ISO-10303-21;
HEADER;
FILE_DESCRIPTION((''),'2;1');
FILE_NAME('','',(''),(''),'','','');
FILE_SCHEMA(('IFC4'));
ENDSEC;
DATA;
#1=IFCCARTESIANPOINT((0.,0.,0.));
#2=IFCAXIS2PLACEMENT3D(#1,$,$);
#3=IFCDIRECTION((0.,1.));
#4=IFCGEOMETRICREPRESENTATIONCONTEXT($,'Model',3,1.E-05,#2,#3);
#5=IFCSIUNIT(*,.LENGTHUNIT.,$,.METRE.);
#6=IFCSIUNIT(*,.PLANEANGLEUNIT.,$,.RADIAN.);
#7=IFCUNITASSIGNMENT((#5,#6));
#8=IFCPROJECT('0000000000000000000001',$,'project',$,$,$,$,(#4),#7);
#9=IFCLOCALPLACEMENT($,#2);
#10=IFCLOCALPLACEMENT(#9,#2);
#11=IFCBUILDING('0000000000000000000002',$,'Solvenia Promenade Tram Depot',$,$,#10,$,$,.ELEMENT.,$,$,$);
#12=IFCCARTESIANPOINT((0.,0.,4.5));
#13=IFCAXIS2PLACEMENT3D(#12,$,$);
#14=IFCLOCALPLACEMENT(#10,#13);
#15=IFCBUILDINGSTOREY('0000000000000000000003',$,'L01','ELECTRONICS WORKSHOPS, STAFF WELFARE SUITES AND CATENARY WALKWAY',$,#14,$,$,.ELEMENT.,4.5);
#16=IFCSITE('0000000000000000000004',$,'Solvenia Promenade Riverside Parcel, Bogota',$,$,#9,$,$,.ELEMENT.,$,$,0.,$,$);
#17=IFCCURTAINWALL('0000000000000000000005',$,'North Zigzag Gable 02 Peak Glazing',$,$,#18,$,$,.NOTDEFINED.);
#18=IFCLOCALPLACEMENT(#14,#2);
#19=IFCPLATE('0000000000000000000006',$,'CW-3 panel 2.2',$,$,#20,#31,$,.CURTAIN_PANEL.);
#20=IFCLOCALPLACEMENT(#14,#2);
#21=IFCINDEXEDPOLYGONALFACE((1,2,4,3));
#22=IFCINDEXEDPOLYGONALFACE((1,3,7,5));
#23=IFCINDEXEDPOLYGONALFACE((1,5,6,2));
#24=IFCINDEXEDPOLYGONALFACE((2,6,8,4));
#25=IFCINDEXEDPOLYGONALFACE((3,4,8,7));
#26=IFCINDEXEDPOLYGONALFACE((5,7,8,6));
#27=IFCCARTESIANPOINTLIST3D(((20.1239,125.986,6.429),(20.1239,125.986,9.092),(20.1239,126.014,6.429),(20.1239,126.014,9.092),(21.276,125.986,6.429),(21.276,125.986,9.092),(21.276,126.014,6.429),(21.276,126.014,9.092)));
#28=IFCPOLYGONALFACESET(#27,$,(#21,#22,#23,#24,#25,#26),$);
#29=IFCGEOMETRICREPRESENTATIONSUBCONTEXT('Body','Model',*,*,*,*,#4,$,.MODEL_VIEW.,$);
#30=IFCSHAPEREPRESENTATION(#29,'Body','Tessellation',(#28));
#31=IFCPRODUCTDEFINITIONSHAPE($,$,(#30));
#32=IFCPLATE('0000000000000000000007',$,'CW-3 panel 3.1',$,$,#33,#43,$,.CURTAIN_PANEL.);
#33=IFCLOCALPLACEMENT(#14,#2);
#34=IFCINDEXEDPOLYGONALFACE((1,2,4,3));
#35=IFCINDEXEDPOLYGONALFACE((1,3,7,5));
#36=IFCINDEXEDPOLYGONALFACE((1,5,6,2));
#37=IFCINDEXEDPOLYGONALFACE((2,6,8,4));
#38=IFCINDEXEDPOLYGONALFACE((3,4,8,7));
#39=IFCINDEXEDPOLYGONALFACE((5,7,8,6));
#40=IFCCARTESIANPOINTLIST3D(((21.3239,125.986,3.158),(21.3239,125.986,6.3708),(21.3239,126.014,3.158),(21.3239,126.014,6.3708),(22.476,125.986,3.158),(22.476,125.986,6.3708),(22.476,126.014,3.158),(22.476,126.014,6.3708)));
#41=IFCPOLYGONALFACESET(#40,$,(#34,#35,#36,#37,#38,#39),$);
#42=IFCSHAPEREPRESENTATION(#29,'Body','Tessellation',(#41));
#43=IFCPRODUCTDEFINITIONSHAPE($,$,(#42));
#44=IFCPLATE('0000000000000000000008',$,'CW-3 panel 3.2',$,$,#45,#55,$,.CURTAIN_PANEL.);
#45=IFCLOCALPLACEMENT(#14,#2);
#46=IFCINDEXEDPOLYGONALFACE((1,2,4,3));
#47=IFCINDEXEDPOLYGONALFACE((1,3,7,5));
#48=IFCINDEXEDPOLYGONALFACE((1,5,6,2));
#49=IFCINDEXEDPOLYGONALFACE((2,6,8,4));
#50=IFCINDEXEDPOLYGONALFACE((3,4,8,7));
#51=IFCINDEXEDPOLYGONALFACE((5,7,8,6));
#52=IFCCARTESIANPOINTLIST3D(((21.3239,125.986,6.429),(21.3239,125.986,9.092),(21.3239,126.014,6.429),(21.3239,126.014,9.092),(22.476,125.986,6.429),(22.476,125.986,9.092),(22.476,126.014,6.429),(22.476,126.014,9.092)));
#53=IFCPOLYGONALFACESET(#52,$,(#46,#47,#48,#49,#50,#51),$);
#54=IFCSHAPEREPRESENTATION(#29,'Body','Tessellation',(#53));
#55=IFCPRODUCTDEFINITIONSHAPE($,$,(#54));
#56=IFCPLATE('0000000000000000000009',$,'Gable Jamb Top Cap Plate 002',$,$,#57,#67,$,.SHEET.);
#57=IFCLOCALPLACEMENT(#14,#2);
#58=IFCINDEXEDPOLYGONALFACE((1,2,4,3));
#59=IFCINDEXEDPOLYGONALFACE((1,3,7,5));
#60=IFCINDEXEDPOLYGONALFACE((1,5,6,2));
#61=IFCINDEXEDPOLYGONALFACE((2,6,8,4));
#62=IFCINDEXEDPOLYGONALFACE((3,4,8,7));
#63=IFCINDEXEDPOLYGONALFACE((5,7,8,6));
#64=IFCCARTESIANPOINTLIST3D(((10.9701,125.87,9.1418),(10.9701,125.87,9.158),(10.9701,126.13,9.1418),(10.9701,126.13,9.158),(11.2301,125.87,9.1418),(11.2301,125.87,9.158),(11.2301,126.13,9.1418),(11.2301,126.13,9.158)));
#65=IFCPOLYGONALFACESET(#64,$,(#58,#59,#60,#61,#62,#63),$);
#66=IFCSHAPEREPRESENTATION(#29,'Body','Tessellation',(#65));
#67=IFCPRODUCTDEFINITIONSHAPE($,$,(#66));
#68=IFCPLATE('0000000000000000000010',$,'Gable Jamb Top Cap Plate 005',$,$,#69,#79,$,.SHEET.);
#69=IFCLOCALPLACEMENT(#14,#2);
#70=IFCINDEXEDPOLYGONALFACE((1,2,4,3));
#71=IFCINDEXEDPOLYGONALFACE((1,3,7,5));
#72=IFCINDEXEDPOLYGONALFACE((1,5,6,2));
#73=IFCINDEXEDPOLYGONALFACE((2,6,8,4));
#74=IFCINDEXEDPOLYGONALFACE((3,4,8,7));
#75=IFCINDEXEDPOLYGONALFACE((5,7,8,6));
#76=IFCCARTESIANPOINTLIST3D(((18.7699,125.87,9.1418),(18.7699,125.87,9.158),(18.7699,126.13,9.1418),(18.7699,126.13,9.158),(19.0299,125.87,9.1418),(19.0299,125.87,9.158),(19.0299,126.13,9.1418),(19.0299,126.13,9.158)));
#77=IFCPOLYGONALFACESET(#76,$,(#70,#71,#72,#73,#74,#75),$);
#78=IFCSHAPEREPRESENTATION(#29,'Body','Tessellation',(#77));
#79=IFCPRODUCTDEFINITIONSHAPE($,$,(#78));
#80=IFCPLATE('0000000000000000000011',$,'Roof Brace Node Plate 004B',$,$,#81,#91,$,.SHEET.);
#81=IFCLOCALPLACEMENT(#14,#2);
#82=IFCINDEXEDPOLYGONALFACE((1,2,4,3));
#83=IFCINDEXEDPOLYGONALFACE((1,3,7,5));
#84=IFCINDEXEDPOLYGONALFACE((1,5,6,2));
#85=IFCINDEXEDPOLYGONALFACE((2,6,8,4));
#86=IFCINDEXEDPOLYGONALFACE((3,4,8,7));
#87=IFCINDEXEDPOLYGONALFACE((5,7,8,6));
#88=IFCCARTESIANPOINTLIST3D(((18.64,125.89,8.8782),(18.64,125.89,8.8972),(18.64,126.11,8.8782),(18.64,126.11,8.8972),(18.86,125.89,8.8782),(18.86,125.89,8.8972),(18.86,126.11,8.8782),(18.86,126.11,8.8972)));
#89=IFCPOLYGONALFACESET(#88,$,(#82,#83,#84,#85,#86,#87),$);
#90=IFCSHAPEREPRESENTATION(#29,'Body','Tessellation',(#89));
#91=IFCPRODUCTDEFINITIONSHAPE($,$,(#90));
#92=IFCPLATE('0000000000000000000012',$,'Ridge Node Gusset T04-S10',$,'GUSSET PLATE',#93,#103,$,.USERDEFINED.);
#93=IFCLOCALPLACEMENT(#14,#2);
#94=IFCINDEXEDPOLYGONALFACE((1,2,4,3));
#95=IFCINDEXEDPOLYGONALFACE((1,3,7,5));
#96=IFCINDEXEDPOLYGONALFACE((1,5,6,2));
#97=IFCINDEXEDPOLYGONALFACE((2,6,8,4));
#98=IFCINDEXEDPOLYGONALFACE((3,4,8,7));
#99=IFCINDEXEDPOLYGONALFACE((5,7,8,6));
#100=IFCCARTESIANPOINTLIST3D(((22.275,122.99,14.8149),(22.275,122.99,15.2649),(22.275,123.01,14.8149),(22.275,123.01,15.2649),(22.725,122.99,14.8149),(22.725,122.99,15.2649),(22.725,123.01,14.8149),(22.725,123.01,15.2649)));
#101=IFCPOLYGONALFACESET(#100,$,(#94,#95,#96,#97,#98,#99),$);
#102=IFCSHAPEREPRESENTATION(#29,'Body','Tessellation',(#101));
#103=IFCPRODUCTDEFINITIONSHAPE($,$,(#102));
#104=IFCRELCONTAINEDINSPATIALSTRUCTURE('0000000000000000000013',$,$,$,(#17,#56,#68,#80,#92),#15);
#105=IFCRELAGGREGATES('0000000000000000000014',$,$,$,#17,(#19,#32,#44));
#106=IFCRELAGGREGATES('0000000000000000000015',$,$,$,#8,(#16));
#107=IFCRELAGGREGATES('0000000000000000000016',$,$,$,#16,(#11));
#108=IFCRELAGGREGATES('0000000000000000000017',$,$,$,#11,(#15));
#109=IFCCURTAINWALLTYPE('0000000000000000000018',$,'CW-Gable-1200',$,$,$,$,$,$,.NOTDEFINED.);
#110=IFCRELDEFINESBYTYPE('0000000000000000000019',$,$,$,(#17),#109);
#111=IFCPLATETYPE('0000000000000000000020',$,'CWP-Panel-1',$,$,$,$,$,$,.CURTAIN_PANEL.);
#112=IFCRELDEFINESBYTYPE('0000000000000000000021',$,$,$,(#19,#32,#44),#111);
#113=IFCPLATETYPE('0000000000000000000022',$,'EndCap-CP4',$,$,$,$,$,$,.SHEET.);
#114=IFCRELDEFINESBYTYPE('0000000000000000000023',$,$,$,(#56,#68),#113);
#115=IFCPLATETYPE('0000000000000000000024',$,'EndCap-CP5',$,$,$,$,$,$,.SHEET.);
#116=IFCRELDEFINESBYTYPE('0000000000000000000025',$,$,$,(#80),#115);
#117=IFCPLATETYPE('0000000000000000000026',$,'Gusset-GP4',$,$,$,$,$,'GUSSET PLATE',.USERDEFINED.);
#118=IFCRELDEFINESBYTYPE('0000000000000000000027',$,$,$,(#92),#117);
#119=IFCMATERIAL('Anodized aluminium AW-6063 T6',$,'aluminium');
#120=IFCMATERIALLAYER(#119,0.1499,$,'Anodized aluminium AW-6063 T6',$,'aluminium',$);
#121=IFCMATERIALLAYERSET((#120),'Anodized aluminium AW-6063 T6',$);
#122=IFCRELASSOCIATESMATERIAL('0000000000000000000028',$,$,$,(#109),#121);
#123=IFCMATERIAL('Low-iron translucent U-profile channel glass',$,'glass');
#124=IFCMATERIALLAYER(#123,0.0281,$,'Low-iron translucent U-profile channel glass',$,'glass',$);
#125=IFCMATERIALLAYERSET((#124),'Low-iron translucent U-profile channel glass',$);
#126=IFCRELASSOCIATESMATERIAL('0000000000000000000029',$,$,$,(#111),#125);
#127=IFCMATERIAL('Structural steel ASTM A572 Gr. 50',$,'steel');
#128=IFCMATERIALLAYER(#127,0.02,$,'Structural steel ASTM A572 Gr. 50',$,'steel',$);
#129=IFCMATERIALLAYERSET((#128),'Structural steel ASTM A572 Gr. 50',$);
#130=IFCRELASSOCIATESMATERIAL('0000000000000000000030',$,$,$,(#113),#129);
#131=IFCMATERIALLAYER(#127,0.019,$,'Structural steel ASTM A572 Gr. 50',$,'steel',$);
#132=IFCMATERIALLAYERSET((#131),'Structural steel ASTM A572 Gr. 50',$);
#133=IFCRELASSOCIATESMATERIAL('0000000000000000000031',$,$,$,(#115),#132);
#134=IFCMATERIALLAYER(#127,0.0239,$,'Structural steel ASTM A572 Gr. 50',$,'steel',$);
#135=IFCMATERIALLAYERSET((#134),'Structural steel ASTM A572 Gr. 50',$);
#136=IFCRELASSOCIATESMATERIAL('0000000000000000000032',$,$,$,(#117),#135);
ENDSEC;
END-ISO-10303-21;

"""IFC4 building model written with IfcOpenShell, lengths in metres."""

from ifc_helpers import new_model, si_unit, direction, frame, origin, origin_2d, place, context, subcontext, project, spatial, rectangle, extrude, material, layer, layer_set, type_object, element, aggregate, save


model = new_model("IFC4")

# Units and contexts
model_context = context("Model", 3, precision=1e-05, world=origin(), true_north=direction((0.0, 1.0)))
body_context = subcontext(model_context, "Body", "Model", "MODEL_VIEW")
ifc_project = project(units=[si_unit("LENGTHUNIT", "METRE"), si_unit("PLANEANGLEUNIT", "RADIAN")], contexts=[model_context])

# Site, building, storey
site_placement = place(None, origin())
site = spatial("IfcSite", under=ifc_project, at=site_placement, Name="Solvenia Promenade Riverside Parcel, Bogota", CompositionType="ELEMENT", RefElevation=0.0)
building_placement = place(site_placement, origin())
building = spatial("IfcBuilding", under=site, at=building_placement, Name="Solvenia Promenade Tram Depot", CompositionType="ELEMENT")
storey_placement = place(building_placement, frame((0.0, 0.0, 4.5)))
storey = spatial("IfcBuildingStorey", under=building, at=storey_placement, Name="L01", Description="ELECTRONICS WORKSHOPS, STAFF WELFARE SUITES AND CATENARY WALKWAY", CompositionType="ELEMENT", Elevation=4.5)

# Curtain wall
ifc_material_1 = material(Name="Anodized aluminium AW-6063 T6", Category="aluminium")
ifc_layer_1 = layer(ifc_material_1, 0.1499, Name="Anodized aluminium AW-6063 T6", Category="aluminium")
ifc_layer_set_1 = layer_set([ifc_layer_1], Name="Anodized aluminium AW-6063 T6")
curtain_wall_type = type_object("IfcCurtainWallType", Name="CW-Gable-1200", PredefinedType="NOTDEFINED", material=ifc_layer_set_1)
curtain_wall_1_placement = place(storey_placement, origin())
curtain_wall_1 = element("IfcCurtainWall", 1, at=curtain_wall_1_placement, inside=storey, type_object=curtain_wall_type, Name="North Zigzag Gable 02 Peak Glazing", PredefinedType="NOTDEFINED")

# Plates
ifc_material_2 = material(Name="Low-iron translucent U-profile channel glass", Category="glass")
ifc_layer_2 = layer(ifc_material_2, 0.0281, Name="Low-iron translucent U-profile channel glass", Category="glass")
ifc_layer_set_2 = layer_set([ifc_layer_2], Name="Low-iron translucent U-profile channel glass")
plate_type_1 = type_object("IfcPlateType", Name="CWP-Panel-1", PredefinedType="CURTAIN_PANEL", material=ifc_layer_set_2)
plate_1_placement = place(storey_placement, frame((20.7, 126.0, 6.429), z_axis=(0.0, 0.0, 1.0), x_axis=(1.0, 0.0, 0.0)))
plate_1 = element("IfcPlate", 2, at=plate_1_placement, type_object=plate_type_1, Name="CW-3 panel 2.2", PredefinedType="CURTAIN_PANEL", context=body_context, shape_type="SweptSolid", body=[
    extrude(rectangle(XDim=1.1521, YDim=0.0281, at=origin_2d()), origin(), (0.0, 0.0, 1.0), 2.6631),
])
plate_2_placement = place(storey_placement, frame((21.8999, 126.0, 3.158), z_axis=(0.0, 0.0, 1.0), x_axis=(1.0, 0.0, 0.0)))
plate_2 = element("IfcPlate", 3, at=plate_2_placement, type_object=plate_type_1, Name="CW-3 panel 3.1", PredefinedType="CURTAIN_PANEL", context=body_context, shape_type="SweptSolid", body=[
    extrude(rectangle(XDim=1.1521, YDim=0.0281, at=origin_2d()), origin(), (0.0, 0.0, 1.0), 3.2129),
])
plate_3_placement = place(storey_placement, frame((21.8999, 126.0, 6.429), z_axis=(0.0, 0.0, 1.0), x_axis=(1.0, 0.0, 0.0)))
plate_3 = element("IfcPlate", 4, at=plate_3_placement, type_object=plate_type_1, Name="CW-3 panel 3.2", PredefinedType="CURTAIN_PANEL", context=body_context, shape_type="SweptSolid", body=[
    extrude(rectangle(XDim=1.1521, YDim=0.0281, at=origin_2d()), origin(), (0.0, 0.0, 1.0), 2.6631),
])
aggregate(curtain_wall_1, [plate_1, plate_2, plate_3])

# Plates
ifc_material_3 = material(Name="Structural steel ASTM A572 Gr. 50", Category="steel")
ifc_layer_3 = layer(ifc_material_3, 0.02, Name="Structural steel ASTM A572 Gr. 50", Category="steel")
ifc_layer_set_3 = layer_set([ifc_layer_3], Name="Structural steel ASTM A572 Gr. 50")
plate_type_2 = type_object("IfcPlateType", Name="EndCap-CP4", PredefinedType="SHEET", material=ifc_layer_set_3)
for number, where, z_axis, x_axis, name in (
    (5, (11.1001, 126.0, 9.1418), (0.0, 0.0, 1.0), (1.0, 0.0, 0.0), "Gable Jamb Top Cap Plate 002"),
    (6, (18.8999, 126.0, 9.1418), (0.0, 0.0, 1.0), (1.0, 0.0, 0.0), "Gable Jamb Top Cap Plate 005"),
):
    element("IfcPlate", number, at=place(storey_placement, frame(where, z_axis=z_axis, x_axis=x_axis)), inside=storey, type_object=plate_type_2, Name=name, PredefinedType="SHEET", context=body_context, shape_type="SweptSolid", body=[
        extrude(rectangle(XDim=0.26, YDim=0.26, at=origin_2d()), origin(), (0.0, 0.0, 1.0), 0.0161),
    ])
ifc_layer_4 = layer(ifc_material_3, 0.019, Name="Structural steel ASTM A572 Gr. 50", Category="steel")
ifc_layer_set_4 = layer_set([ifc_layer_4], Name="Structural steel ASTM A572 Gr. 50")
plate_type_3 = type_object("IfcPlateType", Name="EndCap-CP5", PredefinedType="SHEET", material=ifc_layer_set_4)
plate_4_placement = place(storey_placement, frame((18.75, 126.0, 8.8782), z_axis=(0.0, 0.0, 1.0), x_axis=(1.0, 0.0, 0.0)))
element("IfcPlate", 7, at=plate_4_placement, inside=storey, type_object=plate_type_3, Name="Roof Brace Node Plate 004B", PredefinedType="SHEET", context=body_context, shape_type="SweptSolid", body=[
    extrude(rectangle(XDim=0.22, YDim=0.22, at=origin_2d()), origin(), (0.0, 0.0, 1.0), 0.019),
])
ifc_layer_5 = layer(ifc_material_3, 0.0239, Name="Structural steel ASTM A572 Gr. 50", Category="steel")
ifc_layer_set_5 = layer_set([ifc_layer_5], Name="Structural steel ASTM A572 Gr. 50")
plate_type_4 = type_object("IfcPlateType", Name="Gusset-GP4", ElementType="GUSSET PLATE", PredefinedType="USERDEFINED", material=ifc_layer_set_5)
plate_5_placement = place(storey_placement, frame((22.5, 123.0, 14.8149), z_axis=(0.0, 0.0, 1.0), x_axis=(1.0, 0.0, 0.0)))
element("IfcPlate", 8, at=plate_5_placement, inside=storey, type_object=plate_type_4, Name="Ridge Node Gusset T04-S10", ObjectType="GUSSET PLATE", PredefinedType="USERDEFINED", context=body_context, shape_type="SweptSolid", body=[
    extrude(rectangle(XDim=0.45, YDim=0.02, at=origin_2d()), origin(), (0.0, 0.0, 1.0), 0.45),
])

save(model, "model.ifc")
